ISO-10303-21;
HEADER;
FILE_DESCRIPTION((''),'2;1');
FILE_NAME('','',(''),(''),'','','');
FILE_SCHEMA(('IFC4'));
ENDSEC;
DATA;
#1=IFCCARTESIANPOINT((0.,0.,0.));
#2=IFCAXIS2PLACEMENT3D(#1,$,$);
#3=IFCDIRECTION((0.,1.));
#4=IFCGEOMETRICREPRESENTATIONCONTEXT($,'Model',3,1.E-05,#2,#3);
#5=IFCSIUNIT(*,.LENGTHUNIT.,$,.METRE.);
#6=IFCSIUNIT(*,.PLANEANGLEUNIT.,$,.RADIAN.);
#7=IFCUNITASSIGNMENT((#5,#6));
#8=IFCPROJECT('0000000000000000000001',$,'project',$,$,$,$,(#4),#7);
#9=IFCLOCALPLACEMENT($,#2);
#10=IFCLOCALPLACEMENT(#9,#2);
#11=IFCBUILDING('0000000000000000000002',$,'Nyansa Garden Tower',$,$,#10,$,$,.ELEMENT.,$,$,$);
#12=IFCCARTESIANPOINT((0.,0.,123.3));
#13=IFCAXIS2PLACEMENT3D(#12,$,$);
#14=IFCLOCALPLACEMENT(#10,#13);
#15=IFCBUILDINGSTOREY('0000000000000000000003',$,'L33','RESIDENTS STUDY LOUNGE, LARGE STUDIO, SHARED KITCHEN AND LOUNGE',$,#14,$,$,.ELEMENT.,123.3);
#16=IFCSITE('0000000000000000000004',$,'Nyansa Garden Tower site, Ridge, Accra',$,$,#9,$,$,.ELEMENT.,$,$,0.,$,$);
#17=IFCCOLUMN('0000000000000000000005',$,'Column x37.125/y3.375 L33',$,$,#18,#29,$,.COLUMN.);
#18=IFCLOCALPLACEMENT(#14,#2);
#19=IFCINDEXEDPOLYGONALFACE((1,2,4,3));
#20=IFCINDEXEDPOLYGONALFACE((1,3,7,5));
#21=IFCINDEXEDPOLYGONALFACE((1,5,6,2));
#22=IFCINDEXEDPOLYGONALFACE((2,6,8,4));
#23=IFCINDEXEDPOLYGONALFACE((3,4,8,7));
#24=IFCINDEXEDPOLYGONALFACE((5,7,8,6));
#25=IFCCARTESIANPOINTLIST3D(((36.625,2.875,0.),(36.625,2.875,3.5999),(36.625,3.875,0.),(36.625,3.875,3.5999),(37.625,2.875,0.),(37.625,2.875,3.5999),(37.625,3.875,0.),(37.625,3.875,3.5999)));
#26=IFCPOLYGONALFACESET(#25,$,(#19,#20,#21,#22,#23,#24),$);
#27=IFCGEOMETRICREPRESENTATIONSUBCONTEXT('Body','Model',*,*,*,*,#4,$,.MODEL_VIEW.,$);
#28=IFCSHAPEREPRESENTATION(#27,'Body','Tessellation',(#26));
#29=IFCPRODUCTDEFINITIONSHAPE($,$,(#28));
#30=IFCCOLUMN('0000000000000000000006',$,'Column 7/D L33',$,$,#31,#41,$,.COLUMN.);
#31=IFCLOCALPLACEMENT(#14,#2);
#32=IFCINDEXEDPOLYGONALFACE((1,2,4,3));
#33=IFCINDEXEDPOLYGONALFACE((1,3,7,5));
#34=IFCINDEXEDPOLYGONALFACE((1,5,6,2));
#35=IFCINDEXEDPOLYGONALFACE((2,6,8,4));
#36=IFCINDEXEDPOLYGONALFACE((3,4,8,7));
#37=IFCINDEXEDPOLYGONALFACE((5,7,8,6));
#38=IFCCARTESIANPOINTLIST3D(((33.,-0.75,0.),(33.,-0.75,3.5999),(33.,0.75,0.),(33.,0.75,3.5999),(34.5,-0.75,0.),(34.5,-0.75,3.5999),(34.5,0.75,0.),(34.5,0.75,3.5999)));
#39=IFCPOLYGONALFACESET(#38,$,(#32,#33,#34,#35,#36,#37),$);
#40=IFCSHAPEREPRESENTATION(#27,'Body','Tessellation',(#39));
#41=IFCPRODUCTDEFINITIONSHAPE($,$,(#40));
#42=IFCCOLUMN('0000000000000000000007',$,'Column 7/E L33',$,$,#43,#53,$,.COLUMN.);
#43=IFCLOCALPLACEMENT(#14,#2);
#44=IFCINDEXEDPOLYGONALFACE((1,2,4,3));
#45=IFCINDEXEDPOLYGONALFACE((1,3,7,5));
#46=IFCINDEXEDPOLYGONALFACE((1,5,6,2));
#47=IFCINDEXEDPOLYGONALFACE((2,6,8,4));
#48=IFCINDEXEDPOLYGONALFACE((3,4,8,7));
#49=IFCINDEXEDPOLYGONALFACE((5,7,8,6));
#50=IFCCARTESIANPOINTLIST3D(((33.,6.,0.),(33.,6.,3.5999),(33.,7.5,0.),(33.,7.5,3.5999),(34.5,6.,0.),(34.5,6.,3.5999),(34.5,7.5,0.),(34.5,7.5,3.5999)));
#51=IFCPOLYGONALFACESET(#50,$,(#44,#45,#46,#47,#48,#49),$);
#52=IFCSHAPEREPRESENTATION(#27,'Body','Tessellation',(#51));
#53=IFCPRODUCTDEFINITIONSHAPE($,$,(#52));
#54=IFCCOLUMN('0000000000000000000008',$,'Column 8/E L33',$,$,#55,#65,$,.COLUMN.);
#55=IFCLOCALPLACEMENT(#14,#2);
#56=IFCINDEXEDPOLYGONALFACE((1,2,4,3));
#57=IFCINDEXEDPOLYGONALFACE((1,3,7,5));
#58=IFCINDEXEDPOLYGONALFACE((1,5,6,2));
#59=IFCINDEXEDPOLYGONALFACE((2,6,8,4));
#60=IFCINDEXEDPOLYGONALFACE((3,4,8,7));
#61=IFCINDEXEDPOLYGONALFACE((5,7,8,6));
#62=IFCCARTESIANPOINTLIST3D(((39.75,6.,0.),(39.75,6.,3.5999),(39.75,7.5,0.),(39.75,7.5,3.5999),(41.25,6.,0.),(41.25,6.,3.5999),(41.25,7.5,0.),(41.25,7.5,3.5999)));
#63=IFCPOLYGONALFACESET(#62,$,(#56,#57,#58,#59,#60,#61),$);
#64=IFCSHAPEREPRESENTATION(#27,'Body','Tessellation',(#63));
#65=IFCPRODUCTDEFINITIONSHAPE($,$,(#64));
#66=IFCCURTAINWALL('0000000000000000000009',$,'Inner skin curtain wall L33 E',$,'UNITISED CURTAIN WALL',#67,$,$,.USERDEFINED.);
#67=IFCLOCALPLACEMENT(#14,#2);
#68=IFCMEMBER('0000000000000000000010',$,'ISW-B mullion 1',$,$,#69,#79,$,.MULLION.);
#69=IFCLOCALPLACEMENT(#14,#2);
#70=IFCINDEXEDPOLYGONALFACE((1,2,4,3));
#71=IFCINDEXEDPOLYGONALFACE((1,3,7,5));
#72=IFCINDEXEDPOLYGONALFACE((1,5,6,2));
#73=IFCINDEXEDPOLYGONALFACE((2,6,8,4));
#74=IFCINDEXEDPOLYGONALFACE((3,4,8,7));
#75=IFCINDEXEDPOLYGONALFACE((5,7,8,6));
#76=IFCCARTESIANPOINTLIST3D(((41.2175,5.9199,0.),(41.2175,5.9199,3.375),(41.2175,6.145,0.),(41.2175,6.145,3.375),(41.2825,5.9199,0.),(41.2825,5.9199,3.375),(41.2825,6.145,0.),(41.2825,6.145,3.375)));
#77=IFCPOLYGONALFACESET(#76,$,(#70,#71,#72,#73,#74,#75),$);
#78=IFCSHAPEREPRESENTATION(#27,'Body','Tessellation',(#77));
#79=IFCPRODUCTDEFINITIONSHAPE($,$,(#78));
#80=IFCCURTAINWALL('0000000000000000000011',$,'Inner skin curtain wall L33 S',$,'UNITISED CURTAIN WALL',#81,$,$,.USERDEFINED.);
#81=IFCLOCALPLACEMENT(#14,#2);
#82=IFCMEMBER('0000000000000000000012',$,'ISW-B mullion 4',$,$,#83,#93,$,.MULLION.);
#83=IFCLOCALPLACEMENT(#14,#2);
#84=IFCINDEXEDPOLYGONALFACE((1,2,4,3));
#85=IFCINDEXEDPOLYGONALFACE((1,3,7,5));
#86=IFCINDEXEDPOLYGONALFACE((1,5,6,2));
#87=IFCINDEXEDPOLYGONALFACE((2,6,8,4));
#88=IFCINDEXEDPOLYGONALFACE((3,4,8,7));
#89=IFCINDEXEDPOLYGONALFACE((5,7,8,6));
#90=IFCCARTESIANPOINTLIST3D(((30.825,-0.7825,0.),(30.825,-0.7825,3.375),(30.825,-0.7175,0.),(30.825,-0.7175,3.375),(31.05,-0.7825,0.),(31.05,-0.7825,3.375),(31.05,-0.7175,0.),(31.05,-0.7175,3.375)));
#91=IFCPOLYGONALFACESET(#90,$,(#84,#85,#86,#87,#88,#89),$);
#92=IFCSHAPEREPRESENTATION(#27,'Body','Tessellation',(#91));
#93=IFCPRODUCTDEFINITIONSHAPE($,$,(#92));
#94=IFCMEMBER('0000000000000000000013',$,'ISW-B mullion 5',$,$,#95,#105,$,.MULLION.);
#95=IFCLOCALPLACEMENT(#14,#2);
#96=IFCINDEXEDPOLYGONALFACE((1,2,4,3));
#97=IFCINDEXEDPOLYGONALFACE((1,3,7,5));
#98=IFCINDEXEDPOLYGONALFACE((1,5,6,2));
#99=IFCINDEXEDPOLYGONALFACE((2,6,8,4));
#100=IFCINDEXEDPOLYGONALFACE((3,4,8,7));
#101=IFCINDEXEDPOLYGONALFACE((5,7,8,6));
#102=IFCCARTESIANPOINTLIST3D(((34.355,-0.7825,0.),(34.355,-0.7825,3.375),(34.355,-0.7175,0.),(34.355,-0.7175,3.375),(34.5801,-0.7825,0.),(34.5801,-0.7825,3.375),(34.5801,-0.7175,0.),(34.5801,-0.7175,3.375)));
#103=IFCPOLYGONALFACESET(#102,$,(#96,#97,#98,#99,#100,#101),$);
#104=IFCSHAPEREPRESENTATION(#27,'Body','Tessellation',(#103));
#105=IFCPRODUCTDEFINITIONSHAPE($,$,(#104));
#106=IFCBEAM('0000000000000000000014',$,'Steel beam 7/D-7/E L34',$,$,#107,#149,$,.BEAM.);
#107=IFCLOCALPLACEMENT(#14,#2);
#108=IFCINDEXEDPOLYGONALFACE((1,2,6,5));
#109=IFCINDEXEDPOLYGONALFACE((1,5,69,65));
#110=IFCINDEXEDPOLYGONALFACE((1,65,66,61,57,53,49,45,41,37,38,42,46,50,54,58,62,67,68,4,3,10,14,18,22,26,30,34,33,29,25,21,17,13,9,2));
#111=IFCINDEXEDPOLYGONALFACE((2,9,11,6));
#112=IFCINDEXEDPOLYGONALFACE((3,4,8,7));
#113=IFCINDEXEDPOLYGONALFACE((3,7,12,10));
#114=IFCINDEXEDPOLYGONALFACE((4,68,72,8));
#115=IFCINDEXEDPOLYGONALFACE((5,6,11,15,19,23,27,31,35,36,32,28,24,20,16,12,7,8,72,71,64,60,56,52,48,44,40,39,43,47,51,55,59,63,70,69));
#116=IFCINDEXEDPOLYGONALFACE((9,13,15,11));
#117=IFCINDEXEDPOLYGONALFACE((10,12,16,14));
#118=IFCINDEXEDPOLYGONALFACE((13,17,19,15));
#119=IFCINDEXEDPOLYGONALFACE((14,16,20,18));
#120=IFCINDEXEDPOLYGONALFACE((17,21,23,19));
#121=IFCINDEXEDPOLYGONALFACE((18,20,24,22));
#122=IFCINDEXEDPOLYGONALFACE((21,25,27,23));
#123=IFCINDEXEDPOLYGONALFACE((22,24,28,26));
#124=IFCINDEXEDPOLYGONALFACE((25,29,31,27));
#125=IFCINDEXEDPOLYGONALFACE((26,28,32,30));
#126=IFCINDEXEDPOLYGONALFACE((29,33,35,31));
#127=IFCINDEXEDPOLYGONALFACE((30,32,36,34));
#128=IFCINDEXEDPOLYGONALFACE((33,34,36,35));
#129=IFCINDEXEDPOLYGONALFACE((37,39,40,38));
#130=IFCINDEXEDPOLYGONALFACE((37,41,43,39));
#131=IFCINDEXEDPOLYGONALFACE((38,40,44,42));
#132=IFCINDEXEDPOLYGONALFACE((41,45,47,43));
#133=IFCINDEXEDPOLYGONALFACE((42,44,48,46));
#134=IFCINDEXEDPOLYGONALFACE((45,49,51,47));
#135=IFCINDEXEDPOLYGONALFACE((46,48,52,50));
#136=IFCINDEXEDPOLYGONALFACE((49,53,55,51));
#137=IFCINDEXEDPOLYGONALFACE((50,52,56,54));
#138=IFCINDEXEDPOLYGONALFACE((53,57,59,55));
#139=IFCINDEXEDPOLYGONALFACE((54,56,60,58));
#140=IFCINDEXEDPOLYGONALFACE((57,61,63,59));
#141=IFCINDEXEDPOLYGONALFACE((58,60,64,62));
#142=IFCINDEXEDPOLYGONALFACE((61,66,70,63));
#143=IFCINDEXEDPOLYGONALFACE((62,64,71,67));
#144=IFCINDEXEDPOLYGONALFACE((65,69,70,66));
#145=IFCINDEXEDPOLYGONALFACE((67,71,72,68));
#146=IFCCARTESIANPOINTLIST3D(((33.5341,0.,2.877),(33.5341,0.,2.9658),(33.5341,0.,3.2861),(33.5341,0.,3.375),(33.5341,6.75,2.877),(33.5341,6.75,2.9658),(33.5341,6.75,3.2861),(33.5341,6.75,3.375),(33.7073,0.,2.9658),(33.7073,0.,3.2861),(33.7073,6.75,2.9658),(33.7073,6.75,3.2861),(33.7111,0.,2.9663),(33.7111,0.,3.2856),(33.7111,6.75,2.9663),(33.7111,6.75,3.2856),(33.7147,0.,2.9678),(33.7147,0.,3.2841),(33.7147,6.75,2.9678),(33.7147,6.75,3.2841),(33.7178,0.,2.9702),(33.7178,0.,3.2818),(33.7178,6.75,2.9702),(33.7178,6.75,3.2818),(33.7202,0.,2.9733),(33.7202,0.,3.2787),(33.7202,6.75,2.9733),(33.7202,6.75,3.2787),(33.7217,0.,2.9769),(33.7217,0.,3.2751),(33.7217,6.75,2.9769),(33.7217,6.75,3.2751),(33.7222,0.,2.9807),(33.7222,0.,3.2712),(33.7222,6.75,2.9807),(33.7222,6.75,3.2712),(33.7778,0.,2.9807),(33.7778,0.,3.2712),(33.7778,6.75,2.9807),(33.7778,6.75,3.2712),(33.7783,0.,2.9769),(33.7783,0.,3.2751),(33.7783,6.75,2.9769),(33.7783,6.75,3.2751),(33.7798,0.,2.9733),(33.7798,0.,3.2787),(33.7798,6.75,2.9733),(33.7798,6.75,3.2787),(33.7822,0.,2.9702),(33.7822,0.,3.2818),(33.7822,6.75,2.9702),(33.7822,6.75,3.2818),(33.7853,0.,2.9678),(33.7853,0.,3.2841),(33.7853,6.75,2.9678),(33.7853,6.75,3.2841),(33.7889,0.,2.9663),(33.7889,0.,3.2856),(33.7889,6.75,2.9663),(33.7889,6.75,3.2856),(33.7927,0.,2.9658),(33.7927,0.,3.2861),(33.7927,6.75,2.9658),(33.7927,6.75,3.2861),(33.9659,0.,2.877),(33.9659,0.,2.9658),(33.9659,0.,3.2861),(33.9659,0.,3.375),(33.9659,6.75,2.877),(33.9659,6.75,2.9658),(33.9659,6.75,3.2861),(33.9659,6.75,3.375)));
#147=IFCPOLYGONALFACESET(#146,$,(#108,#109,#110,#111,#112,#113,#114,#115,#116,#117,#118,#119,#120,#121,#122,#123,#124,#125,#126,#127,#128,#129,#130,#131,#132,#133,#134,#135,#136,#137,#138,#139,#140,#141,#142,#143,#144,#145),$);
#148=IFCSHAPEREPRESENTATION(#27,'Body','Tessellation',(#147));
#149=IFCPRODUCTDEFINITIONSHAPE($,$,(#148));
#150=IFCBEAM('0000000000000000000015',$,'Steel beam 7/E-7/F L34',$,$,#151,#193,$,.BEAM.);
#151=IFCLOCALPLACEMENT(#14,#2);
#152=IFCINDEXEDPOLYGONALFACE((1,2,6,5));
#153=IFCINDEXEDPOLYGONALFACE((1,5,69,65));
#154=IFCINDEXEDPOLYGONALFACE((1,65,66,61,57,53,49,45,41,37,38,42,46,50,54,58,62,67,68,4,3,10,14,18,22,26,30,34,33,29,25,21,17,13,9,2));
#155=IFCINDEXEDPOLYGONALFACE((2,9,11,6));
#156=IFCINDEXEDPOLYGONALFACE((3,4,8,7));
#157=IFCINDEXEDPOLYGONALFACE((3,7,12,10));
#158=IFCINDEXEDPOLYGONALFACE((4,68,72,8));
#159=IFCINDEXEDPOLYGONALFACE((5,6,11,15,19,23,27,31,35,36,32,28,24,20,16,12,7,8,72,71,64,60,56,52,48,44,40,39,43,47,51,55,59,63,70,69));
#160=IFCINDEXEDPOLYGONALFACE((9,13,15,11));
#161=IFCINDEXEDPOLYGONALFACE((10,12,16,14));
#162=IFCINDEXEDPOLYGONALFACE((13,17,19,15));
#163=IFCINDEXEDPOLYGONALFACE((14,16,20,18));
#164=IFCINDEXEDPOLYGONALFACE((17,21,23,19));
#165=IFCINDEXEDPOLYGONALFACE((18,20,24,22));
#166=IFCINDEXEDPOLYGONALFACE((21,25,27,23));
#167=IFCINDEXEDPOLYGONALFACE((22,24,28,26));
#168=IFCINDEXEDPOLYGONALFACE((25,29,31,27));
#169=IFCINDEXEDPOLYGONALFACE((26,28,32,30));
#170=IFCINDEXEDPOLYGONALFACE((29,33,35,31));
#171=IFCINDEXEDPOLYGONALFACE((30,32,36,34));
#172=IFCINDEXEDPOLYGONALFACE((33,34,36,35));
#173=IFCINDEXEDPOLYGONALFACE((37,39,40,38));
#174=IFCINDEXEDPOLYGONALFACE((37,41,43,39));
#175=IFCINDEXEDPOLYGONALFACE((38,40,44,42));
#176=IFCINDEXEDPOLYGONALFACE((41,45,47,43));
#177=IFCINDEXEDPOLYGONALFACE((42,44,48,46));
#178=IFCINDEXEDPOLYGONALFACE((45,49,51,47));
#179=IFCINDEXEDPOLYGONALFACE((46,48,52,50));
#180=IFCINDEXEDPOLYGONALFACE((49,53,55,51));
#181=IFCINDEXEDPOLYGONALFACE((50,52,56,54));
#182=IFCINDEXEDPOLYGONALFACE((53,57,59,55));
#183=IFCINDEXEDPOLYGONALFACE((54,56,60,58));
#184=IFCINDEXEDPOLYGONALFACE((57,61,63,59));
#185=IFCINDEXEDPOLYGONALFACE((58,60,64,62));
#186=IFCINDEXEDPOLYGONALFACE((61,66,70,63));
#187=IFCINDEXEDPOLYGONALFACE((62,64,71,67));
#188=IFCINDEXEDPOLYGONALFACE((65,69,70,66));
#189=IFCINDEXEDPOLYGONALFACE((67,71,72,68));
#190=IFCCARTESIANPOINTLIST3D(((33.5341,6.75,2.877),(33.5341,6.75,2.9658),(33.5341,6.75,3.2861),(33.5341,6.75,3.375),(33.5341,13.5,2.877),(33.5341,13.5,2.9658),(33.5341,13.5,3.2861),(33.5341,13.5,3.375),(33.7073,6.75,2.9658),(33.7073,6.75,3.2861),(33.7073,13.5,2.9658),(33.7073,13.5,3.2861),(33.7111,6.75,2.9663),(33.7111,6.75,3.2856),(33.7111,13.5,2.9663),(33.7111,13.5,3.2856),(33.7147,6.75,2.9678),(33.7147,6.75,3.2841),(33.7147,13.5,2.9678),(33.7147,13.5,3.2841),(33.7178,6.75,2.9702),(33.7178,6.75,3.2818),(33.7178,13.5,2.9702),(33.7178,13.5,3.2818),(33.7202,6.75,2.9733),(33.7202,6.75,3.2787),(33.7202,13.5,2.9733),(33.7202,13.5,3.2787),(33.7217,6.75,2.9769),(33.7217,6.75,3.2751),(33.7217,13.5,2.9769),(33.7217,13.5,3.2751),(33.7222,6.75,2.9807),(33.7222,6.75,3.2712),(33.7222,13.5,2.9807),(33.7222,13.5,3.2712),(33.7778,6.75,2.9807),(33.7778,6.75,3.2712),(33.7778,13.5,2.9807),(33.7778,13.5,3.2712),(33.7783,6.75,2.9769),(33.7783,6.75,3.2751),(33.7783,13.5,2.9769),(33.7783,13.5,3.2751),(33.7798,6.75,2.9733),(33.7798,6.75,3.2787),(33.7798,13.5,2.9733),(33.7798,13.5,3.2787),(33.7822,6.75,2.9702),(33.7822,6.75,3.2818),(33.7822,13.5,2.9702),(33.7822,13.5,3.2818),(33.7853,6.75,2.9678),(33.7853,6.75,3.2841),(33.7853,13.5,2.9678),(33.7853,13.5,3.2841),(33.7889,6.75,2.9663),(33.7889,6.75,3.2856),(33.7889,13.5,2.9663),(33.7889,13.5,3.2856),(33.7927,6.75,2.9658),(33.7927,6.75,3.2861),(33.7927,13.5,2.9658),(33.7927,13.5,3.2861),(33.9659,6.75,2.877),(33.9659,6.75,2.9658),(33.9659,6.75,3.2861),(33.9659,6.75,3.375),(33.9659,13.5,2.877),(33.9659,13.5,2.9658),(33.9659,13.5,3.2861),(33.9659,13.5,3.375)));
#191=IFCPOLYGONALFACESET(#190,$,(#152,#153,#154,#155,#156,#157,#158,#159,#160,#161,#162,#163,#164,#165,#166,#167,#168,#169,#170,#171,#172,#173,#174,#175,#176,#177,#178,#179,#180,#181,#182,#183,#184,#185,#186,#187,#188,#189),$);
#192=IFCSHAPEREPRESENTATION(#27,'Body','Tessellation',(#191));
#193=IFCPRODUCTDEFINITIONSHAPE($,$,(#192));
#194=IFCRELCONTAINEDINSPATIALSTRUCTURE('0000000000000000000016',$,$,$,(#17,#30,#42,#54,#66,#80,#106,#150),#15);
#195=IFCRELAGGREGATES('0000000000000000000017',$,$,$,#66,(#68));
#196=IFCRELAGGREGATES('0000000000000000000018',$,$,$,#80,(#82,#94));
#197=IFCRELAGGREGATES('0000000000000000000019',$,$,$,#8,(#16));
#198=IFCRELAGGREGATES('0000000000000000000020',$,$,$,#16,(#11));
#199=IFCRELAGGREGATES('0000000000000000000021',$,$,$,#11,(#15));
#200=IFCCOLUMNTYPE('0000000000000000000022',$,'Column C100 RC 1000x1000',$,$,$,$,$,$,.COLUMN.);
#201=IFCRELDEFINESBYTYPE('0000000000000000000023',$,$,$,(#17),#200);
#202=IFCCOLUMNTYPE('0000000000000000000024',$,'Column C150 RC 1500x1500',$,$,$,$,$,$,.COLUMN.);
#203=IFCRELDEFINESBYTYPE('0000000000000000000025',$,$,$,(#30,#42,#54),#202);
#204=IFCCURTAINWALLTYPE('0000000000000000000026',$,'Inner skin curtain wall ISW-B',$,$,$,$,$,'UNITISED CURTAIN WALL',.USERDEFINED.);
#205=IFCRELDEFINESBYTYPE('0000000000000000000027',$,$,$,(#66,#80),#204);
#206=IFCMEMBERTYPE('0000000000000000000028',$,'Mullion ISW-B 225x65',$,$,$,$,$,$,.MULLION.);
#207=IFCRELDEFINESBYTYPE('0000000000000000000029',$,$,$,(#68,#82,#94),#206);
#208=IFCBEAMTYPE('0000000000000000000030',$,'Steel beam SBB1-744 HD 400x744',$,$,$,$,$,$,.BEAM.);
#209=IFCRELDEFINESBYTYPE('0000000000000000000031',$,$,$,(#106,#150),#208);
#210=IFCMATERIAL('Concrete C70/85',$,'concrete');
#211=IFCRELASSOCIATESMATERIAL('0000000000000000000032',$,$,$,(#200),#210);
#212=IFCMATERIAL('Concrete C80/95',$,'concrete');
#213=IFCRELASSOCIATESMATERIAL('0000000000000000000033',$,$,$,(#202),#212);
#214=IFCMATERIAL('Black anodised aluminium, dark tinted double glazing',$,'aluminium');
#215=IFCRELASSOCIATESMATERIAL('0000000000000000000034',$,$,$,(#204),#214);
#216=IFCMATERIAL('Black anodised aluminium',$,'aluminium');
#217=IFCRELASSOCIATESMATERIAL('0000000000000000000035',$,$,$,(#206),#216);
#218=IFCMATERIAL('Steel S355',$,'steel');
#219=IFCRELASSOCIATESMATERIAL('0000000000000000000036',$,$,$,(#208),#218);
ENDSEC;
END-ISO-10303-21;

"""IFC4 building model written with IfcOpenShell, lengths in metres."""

from ifc_helpers import new_model, si_unit, direction, frame, origin, origin_2d, place, context, subcontext, project, spatial, rectangle, i_section, extrude, material, material_profile, profile_set, type_object, element, aggregate, save


model = new_model("IFC4")

# Units and contexts
model_context = context("Model", 3, precision=1e-05, world=origin(), true_north=direction((0.0, 1.0)))
body_context = subcontext(model_context, "Body", "Model", "MODEL_VIEW")
ifc_project = project(units=[si_unit("LENGTHUNIT", "METRE"), si_unit("PLANEANGLEUNIT", "RADIAN")], contexts=[model_context])

# Site, building, storey
site_placement = place(None, origin())
site = spatial("IfcSite", under=ifc_project, at=site_placement, Name="Nyansa Garden Tower site, Ridge, Accra", CompositionType="ELEMENT", RefElevation=0.0)
building_placement = place(site_placement, origin())
building = spatial("IfcBuilding", under=site, at=building_placement, Name="Nyansa Garden Tower", CompositionType="ELEMENT")
storey_placement = place(building_placement, frame((0.0, 0.0, 123.3)))
storey = spatial("IfcBuildingStorey", under=building, at=storey_placement, Name="L33", Description="RESIDENTS STUDY LOUNGE, LARGE STUDIO, SHARED KITCHEN AND LOUNGE", CompositionType="ELEMENT", Elevation=123.3)

# Columns
ifc_material_1 = material(Name="Concrete C70/85", Category="concrete")
ifc_material_profile_1 = material_profile(ifc_material_1, rectangle(XDim=1.0, YDim=1.0, at=origin_2d()), Name="RC 1000x1000")
ifc_profile_set_1 = profile_set([ifc_material_profile_1], Name="Concrete C70/85")
column_type_1 = type_object("IfcColumnType", Name="Column C100 RC 1000x1000", PredefinedType="COLUMN", material=ifc_profile_set_1)
column_placement = place(storey_placement, frame((37.125, 3.375, 0.0), z_axis=(0.0, 0.0, 1.0), x_axis=(1.0, 0.0, 0.0)))
element("IfcColumn", 1, at=column_placement, inside=storey, type_object=column_type_1, Name="Column x37.125/y3.375 L33", PredefinedType="COLUMN", context=body_context, shape_type="SweptSolid", body=[
    extrude(rectangle(XDim=1.0, YDim=1.0, at=origin_2d()), origin(), (0.0, 0.0, 1.0), 3.5999),
])
ifc_material_2 = material(Name="Concrete C80/95", Category="concrete")
ifc_material_profile_2 = material_profile(ifc_material_2, rectangle(XDim=1.5, YDim=1.5, at=origin_2d()), Name="RC 1500x1500")
ifc_profile_set_2 = profile_set([ifc_material_profile_2], Name="Concrete C80/95")
column_type_2 = type_object("IfcColumnType", Name="Column C150 RC 1500x1500", PredefinedType="COLUMN", material=ifc_profile_set_2)
for number, where, z_axis, x_axis, name in (
    (2, (33.75, 0.0, 0.0), (0.0, 0.0, 1.0), (1.0, 0.0, 0.0), "Column 7/D L33"),
    (3, (33.75, 6.75, 0.0), (0.0, 0.0, 1.0), (1.0, 0.0, 0.0), "Column 7/E L33"),
    (4, (40.5, 6.75, 0.0), (0.0, 0.0, 1.0), (1.0, 0.0, 0.0), "Column 8/E L33"),
):
    element("IfcColumn", number, at=place(storey_placement, frame(where, z_axis=z_axis, x_axis=x_axis)), inside=storey, type_object=column_type_2, Name=name, PredefinedType="COLUMN", context=body_context, shape_type="SweptSolid", body=[
        extrude(rectangle(XDim=1.5, YDim=1.5, at=origin_2d()), origin(), (0.0, 0.0, 1.0), 3.5999),
    ])

# Curtain wall, member
ifc_material_3 = material(Name="Black anodised aluminium, dark tinted double glazing", Category="aluminium")
curtain_wall_type = type_object("IfcCurtainWallType", Name="Inner skin curtain wall ISW-B", ElementType="UNITISED CURTAIN WALL", PredefinedType="USERDEFINED", material=ifc_material_3)
curtain_wall_1_placement = place(storey_placement, origin())
curtain_wall_1 = element("IfcCurtainWall", 5, at=curtain_wall_1_placement, inside=storey, type_object=curtain_wall_type, Name="Inner skin curtain wall L33 E", ObjectType="UNITISED CURTAIN WALL", PredefinedType="USERDEFINED")
ifc_material_4 = material(Name="Black anodised aluminium", Category="aluminium")
ifc_material_profile_3 = material_profile(ifc_material_4, rectangle(XDim=0.0649, YDim=0.2251, at=origin_2d()), Name="Mullion 225x65")
ifc_profile_set_3 = profile_set([ifc_material_profile_3], Name="Black anodised aluminium")
member_type_1 = type_object("IfcMemberType", Name="Mullion ISW-B 225x65", PredefinedType="MULLION", material=ifc_profile_set_3)
member_1_placement = place(storey_placement, frame((41.25, 6.0325, 0.0), z_axis=(0.0, 0.0, 1.0), x_axis=(-1.0, 0.0, 0.0)))
member_1 = element("IfcMember", 6, at=member_1_placement, type_object=member_type_1, Name="ISW-B mullion 1", PredefinedType="MULLION", context=body_context, shape_type="SweptSolid", body=[
    extrude(rectangle(XDim=0.0649, YDim=0.2251, at=origin_2d()), origin(), (0.0, 0.0, 1.0), 3.375),
])

# Curtain wall, members
curtain_wall_2_placement = place(storey_placement, origin())
curtain_wall_2 = element("IfcCurtainWall", 7, at=curtain_wall_2_placement, inside=storey, type_object=curtain_wall_type, Name="Inner skin curtain wall L33 S", ObjectType="UNITISED CURTAIN WALL", PredefinedType="USERDEFINED")
member_2_placement = place(storey_placement, frame((30.9375, -0.75, 0.0), z_axis=(0.0, 0.0, 1.0), x_axis=(0.0, 1.0, 0.0)))
member_2 = element("IfcMember", 8, at=member_2_placement, type_object=member_type_1, Name="ISW-B mullion 4", PredefinedType="MULLION", context=body_context, shape_type="SweptSolid", body=[
    extrude(rectangle(XDim=0.0649, YDim=0.2251, at=origin_2d()), origin(), (0.0, 0.0, 1.0), 3.375),
])
member_3_placement = place(storey_placement, frame((34.4675, -0.75, 0.0), z_axis=(0.0, 0.0, 1.0), x_axis=(0.0, 1.0, 0.0)))
member_3 = element("IfcMember", 9, at=member_3_placement, type_object=member_type_1, Name="ISW-B mullion 5", PredefinedType="MULLION", context=body_context, shape_type="SweptSolid", body=[
    extrude(rectangle(XDim=0.0649, YDim=0.2251, at=origin_2d()), origin(), (0.0, 0.0, 1.0), 3.375),
])

# Beams
ifc_material_5 = material(Name="Steel S355", Category="steel")
ifc_material_profile_4 = material_profile(ifc_material_5, i_section(OverallWidth=0.4319, OverallDepth=0.498, WebThickness=0.0557, FlangeThickness=0.0889, FilletRadius=0.0149, at=origin_2d()), Name="HD 400x744")
ifc_profile_set_4 = profile_set([ifc_material_profile_4], Name="Steel S355")
beam_type_1 = type_object("IfcBeamType", Name="Steel beam SBB1-744 HD 400x744", PredefinedType="BEAM", material=ifc_profile_set_4)
for number, where, z_axis, x_axis, name in (
    (10, (33.75, 0.0, 3.126), (0.0, 1.0, 0.0), (-1.0, 0.0, 0.0), "Steel beam 7/D-7/E L34"),
    (11, (33.75, 6.75, 3.126), (0.0, 1.0, 0.0), (-1.0, 0.0, 0.0), "Steel beam 7/E-7/F L34"),
):
    element("IfcBeam", number, at=place(storey_placement, frame(where, z_axis=z_axis, x_axis=x_axis)), inside=storey, type_object=beam_type_1, Name=name, PredefinedType="BEAM", context=body_context, shape_type="SweptSolid", body=[
        extrude(i_section(OverallWidth=0.4319, OverallDepth=0.498, WebThickness=0.0557, FlangeThickness=0.0889, FilletRadius=0.0149, at=origin_2d()), origin(), (0.0, 0.0, 1.0), 6.75),
    ])

aggregate(curtain_wall_1, [member_1])
aggregate(curtain_wall_2, [member_2, member_3])

save(model, "model.ifc")
